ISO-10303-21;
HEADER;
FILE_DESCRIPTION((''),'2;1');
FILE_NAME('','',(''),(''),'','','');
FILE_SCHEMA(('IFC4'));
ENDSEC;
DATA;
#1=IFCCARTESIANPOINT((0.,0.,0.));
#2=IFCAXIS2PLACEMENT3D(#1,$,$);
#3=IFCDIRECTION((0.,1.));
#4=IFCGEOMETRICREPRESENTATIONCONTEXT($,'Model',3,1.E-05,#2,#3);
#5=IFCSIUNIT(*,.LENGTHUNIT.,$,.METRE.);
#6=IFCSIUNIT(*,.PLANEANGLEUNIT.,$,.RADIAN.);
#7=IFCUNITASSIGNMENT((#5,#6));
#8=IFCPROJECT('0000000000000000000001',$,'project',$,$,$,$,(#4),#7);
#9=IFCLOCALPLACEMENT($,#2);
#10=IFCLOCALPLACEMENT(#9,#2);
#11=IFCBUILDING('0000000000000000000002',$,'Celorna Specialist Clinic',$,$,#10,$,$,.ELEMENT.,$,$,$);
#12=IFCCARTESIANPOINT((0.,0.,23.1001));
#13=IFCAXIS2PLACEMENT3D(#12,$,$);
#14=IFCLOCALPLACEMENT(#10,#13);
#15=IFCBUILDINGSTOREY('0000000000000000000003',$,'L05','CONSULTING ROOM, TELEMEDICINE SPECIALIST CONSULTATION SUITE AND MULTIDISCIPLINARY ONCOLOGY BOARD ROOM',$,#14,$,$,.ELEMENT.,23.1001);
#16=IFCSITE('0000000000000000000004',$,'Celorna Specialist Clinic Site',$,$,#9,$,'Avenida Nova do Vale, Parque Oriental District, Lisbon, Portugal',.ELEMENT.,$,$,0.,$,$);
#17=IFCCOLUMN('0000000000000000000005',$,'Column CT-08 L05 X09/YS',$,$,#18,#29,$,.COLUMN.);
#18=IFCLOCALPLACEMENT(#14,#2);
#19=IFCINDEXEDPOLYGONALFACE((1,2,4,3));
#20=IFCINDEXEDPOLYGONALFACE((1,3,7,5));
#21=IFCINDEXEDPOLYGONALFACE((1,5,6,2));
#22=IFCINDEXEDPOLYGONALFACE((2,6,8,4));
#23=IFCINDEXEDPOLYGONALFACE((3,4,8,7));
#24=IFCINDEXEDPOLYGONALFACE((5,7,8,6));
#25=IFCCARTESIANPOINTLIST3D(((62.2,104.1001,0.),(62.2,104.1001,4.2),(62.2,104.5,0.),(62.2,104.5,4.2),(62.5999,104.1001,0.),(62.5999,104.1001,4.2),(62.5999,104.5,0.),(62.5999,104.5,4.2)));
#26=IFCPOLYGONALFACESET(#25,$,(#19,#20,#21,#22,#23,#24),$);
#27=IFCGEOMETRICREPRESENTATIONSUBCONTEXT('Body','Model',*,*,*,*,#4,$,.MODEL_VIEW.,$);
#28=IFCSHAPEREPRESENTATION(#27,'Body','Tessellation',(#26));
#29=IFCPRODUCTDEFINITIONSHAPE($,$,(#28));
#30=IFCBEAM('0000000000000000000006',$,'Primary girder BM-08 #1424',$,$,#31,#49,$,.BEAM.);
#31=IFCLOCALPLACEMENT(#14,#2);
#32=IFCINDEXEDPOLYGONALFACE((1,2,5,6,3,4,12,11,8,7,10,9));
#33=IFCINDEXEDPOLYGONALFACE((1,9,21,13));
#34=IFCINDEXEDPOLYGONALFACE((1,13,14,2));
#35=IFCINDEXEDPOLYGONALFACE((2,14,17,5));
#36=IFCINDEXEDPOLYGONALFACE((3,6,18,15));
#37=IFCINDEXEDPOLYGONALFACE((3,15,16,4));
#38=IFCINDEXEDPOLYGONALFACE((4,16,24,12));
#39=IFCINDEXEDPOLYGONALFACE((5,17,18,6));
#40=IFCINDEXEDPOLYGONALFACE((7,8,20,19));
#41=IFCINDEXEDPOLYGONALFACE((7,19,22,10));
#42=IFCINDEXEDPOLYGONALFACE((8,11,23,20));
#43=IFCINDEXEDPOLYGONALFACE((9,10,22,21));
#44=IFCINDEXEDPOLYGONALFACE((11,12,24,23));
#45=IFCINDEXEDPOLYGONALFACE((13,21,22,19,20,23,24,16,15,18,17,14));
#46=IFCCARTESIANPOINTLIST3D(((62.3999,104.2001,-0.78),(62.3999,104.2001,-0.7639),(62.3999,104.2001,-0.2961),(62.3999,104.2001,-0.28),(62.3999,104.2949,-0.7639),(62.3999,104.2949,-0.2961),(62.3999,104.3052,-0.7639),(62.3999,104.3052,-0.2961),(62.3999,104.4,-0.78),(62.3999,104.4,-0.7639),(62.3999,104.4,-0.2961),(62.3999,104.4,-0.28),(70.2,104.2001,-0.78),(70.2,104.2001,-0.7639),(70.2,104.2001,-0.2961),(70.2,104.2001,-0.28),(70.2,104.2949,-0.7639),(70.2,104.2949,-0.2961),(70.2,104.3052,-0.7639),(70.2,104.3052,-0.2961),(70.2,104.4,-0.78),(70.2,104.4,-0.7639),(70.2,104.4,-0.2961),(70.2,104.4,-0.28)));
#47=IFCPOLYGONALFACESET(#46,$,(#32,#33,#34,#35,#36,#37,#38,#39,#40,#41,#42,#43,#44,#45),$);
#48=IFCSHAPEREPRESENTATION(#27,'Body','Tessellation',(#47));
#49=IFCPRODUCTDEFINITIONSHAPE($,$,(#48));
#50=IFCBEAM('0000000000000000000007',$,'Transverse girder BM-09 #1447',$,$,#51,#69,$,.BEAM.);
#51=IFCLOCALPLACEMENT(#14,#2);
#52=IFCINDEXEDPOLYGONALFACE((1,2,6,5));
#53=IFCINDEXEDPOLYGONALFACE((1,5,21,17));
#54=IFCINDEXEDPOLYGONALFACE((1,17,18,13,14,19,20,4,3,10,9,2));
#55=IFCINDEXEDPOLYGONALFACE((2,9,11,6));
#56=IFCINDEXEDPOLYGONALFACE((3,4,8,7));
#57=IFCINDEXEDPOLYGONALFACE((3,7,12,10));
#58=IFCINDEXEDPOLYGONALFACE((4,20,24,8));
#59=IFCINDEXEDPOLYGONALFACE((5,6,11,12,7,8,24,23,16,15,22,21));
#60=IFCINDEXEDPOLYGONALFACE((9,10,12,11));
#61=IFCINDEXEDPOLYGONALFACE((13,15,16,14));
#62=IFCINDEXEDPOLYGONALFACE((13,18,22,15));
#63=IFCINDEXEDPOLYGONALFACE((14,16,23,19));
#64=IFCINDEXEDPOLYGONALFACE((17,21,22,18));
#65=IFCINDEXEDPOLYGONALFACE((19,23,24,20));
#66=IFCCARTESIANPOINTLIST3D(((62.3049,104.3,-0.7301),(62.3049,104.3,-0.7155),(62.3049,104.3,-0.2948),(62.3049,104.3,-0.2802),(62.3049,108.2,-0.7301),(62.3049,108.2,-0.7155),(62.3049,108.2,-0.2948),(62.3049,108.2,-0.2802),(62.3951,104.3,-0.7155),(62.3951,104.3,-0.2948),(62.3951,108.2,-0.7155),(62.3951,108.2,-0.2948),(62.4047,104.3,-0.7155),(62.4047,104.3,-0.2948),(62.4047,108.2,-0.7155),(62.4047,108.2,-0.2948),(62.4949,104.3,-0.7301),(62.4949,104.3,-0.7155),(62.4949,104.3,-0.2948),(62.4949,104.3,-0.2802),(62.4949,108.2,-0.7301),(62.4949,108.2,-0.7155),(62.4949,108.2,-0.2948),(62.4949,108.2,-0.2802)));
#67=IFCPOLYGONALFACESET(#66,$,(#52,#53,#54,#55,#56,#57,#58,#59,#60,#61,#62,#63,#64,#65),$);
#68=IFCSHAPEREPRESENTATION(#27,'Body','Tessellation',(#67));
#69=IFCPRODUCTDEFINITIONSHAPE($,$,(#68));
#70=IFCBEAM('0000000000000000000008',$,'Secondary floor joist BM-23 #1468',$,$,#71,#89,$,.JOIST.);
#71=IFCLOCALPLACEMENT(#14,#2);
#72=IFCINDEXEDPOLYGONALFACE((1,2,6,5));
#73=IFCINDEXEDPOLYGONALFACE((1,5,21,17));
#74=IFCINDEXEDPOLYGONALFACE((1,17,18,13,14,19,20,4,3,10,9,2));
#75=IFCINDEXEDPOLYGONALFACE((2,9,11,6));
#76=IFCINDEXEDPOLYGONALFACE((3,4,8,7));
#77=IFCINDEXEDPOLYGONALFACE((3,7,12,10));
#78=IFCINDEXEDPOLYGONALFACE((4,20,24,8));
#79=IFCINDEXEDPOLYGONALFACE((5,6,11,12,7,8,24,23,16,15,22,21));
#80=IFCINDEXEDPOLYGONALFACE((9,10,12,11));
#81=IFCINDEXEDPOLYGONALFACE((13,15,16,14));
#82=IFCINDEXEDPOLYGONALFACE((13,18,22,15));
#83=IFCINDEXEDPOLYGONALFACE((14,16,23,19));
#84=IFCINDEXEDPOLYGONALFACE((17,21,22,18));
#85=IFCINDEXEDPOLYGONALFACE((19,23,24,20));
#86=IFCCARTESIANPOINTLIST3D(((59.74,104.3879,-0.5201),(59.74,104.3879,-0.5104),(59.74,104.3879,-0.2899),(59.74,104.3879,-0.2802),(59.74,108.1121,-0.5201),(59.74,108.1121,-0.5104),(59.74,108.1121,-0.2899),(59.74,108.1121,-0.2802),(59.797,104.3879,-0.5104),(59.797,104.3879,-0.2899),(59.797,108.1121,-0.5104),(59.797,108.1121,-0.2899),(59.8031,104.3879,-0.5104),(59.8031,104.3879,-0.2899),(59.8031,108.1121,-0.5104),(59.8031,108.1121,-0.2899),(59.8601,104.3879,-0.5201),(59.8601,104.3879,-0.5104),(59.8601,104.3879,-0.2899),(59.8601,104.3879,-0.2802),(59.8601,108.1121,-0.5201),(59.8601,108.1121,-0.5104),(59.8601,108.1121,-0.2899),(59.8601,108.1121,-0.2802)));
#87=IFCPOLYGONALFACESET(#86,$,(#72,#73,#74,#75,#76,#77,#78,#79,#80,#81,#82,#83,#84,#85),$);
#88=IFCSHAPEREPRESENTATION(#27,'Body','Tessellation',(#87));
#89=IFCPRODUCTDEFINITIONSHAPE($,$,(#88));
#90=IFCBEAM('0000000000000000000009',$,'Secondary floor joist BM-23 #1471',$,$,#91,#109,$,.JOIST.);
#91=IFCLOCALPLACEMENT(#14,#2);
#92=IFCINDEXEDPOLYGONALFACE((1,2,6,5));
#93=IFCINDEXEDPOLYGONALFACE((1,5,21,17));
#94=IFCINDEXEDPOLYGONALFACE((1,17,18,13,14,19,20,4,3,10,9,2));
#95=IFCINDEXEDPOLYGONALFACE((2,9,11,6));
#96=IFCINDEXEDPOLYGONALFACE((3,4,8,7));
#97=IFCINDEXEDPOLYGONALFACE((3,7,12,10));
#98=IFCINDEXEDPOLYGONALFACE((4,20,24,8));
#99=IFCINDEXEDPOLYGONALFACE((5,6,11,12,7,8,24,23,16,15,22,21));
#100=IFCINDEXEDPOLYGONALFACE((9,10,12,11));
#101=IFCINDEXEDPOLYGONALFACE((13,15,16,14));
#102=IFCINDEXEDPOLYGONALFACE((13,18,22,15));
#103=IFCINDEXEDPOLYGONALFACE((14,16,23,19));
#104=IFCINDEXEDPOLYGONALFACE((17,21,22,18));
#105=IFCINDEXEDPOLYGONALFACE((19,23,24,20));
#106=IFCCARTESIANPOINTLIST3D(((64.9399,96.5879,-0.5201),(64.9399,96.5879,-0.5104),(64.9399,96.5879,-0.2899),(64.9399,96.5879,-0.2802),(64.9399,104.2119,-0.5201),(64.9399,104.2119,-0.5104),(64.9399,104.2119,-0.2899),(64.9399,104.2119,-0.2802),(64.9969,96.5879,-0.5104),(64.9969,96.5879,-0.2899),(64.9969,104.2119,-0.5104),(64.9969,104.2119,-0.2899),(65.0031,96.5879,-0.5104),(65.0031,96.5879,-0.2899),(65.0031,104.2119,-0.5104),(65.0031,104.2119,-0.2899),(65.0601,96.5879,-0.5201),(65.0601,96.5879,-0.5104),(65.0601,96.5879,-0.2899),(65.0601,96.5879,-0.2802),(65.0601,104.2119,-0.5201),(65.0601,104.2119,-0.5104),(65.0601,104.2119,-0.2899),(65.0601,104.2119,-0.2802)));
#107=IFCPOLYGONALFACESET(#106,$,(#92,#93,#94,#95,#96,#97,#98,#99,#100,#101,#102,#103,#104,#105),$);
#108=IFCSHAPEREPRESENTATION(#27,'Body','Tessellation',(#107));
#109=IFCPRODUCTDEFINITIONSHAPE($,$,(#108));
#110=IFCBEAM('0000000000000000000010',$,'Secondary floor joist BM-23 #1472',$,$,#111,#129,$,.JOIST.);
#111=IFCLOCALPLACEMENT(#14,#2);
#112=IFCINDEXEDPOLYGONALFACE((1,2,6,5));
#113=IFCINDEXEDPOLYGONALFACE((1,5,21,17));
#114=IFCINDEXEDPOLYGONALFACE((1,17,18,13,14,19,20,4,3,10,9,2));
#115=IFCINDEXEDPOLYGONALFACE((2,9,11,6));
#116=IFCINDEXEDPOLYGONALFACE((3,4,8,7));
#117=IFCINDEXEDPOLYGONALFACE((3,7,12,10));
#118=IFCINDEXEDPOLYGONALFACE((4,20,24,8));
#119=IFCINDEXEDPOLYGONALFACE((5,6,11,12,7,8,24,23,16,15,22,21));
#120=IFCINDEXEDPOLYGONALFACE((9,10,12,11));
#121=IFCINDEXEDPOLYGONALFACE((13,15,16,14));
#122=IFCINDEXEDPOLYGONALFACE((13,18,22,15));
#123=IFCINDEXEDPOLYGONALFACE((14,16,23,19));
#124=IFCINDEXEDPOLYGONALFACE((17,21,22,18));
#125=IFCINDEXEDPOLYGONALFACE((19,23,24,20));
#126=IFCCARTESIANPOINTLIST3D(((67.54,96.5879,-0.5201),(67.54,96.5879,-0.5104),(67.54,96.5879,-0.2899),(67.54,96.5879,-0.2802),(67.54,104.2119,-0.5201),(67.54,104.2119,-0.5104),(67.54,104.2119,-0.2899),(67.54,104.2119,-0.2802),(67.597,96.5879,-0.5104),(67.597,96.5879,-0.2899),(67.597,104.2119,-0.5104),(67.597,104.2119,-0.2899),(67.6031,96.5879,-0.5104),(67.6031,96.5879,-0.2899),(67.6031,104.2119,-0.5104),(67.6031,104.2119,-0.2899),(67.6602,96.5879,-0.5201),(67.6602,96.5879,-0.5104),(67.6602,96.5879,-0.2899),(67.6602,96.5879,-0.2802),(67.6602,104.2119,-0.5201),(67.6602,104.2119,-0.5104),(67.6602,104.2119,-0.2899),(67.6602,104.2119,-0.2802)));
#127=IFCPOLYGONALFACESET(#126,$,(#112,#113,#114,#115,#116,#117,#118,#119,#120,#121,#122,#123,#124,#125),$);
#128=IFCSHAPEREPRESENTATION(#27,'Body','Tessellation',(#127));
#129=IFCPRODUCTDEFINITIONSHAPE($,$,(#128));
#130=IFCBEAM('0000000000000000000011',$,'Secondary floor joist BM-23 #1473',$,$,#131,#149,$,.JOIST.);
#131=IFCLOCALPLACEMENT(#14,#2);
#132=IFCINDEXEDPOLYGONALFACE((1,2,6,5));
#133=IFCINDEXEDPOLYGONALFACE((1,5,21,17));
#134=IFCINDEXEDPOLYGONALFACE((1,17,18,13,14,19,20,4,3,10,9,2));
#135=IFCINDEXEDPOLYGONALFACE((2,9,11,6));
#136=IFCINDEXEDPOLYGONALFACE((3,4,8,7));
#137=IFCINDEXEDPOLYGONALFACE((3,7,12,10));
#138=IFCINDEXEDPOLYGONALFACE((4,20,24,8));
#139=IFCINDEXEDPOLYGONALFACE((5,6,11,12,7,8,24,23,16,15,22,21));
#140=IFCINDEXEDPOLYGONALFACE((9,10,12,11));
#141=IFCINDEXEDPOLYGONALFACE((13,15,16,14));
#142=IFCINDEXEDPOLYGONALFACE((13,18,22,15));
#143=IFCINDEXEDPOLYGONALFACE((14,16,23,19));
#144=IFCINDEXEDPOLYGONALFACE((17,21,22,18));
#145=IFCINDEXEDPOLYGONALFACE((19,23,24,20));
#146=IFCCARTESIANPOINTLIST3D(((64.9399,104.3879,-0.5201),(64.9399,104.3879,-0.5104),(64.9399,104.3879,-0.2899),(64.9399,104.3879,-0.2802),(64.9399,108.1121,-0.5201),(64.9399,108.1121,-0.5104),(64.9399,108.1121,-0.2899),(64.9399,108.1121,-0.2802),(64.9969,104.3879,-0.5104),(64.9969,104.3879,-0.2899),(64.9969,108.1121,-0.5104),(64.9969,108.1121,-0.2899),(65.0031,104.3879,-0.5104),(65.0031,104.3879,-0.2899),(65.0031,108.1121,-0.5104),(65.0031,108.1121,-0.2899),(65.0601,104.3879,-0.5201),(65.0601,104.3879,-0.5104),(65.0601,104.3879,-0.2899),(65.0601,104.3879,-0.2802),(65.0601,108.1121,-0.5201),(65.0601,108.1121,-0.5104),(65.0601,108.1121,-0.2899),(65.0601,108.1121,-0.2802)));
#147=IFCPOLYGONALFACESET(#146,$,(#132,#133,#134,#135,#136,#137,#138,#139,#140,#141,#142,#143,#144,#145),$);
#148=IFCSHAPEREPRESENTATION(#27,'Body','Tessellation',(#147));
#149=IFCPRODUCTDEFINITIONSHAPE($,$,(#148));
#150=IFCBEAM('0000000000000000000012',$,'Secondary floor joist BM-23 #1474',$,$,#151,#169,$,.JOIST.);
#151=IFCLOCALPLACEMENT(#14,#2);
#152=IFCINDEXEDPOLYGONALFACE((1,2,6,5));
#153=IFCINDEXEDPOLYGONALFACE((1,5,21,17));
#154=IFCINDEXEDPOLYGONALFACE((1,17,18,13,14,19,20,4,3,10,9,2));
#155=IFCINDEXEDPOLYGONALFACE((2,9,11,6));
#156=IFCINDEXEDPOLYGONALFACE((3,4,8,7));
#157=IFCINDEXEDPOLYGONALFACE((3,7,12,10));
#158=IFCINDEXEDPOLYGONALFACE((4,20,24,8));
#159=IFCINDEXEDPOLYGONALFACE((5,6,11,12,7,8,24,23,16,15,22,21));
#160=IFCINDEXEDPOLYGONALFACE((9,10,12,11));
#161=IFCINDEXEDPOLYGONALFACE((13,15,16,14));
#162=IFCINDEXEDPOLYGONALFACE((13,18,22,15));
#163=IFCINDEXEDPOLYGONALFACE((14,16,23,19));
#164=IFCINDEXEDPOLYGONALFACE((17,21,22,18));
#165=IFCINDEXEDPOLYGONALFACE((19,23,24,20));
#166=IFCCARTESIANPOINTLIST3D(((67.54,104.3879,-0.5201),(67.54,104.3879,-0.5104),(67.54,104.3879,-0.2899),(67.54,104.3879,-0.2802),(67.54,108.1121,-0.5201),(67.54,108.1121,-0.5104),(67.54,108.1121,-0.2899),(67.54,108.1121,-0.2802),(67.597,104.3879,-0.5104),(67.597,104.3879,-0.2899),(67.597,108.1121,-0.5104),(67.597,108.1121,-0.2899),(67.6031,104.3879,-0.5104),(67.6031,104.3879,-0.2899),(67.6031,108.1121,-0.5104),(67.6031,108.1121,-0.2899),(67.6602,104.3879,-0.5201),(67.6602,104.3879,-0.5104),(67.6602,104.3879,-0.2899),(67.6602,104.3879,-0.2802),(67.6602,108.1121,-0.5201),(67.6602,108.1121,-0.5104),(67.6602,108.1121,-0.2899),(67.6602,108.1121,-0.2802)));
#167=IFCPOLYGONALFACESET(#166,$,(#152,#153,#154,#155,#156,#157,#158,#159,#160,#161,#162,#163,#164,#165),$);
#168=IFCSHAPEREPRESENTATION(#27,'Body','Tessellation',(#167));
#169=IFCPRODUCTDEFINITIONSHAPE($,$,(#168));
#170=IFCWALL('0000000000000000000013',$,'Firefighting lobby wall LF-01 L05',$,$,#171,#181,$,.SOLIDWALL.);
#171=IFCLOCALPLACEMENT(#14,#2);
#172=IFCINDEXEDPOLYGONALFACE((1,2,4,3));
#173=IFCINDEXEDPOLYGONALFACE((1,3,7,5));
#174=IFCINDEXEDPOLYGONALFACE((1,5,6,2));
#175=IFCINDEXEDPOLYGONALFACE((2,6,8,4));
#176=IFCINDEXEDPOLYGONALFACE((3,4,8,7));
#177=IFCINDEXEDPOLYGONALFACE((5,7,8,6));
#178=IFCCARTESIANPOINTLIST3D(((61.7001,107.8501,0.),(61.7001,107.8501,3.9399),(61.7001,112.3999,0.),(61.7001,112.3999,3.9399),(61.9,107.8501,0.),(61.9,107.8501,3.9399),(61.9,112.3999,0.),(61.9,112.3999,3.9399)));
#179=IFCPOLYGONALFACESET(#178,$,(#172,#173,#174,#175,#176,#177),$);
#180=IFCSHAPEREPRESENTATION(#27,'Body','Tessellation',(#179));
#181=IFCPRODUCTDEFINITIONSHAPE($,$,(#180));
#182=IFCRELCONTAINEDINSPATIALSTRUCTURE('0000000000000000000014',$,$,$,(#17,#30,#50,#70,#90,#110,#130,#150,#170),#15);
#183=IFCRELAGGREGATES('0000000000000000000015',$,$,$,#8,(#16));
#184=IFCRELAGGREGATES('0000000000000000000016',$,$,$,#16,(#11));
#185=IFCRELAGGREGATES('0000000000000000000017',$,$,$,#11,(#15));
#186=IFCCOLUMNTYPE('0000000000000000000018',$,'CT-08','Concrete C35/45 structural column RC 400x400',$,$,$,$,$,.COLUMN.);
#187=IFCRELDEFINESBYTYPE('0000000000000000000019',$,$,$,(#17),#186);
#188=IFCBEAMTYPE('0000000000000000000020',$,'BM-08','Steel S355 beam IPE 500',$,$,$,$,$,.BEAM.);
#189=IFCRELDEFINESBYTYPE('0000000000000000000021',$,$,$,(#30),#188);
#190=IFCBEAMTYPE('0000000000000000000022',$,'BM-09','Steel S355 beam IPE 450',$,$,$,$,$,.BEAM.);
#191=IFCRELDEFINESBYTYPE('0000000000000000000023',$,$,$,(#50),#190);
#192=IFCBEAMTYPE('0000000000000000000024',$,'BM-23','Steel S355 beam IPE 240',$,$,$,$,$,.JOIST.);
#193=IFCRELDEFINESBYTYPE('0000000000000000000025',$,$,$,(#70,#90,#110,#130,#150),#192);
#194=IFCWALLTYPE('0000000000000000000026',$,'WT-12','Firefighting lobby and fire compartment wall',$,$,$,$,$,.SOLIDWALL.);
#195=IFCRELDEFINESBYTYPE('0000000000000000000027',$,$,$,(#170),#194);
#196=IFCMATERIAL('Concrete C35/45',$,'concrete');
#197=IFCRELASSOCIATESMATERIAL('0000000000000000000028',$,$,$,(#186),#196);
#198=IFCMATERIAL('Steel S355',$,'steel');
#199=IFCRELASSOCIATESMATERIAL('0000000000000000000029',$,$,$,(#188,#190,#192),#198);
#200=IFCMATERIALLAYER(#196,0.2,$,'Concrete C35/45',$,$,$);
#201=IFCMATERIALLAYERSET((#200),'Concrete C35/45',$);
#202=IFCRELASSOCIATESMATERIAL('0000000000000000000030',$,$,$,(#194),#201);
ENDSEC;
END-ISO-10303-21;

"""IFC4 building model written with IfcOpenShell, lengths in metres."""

from ifc_helpers import new_model, si_unit, direction, frame, frame_2d, origin, origin_2d, place, context, subcontext, project, spatial, rectangle, i_section, extrude, material, layer, layer_set, material_profile, profile_set, type_object, element, save


model = new_model("IFC4")

# Units and contexts
model_context = context("Model", 3, precision=1e-05, world=origin(), true_north=direction((0.0, 1.0)))
body_context = subcontext(model_context, "Body", "Model", "MODEL_VIEW")
ifc_project = project(units=[si_unit("LENGTHUNIT", "METRE"), si_unit("PLANEANGLEUNIT", "RADIAN")], contexts=[model_context])

# Site, building, storey
site_placement = place(None, origin())
site = spatial("IfcSite", under=ifc_project, at=site_placement, Name="Celorna Specialist Clinic Site", LongName="Avenida Nova do Vale, Parque Oriental District, Lisbon, Portugal", CompositionType="ELEMENT", RefElevation=0.0)
building_placement = place(site_placement, origin())
building = spatial("IfcBuilding", under=site, at=building_placement, Name="Celorna Specialist Clinic", CompositionType="ELEMENT")
storey_placement = place(building_placement, frame((0.0, 0.0, 23.1001)))
storey = spatial("IfcBuildingStorey", under=building, at=storey_placement, Name="L05", Description="CONSULTING ROOM, TELEMEDICINE SPECIALIST CONSULTATION SUITE AND MULTIDISCIPLINARY ONCOLOGY BOARD ROOM", CompositionType="ELEMENT", Elevation=23.1001)

# Column
ifc_material_1 = material(Name="Concrete C35/45", Category="concrete")
ifc_material_profile_1 = material_profile(ifc_material_1, rectangle(XDim=0.3999, YDim=0.3999, at=origin_2d()), Name="RC 400x400")
ifc_profile_set_1 = profile_set([ifc_material_profile_1], Name="Concrete C35/45")
column_type = type_object("IfcColumnType", Name="CT-08", Description="Concrete C35/45 structural column RC 400x400", PredefinedType="COLUMN", material=ifc_profile_set_1)
column_placement = place(storey_placement, frame((62.3999, 104.3, 0.0), z_axis=(0.0, 0.0, 1.0), x_axis=(1.0, 0.0, 0.0)))
element("IfcColumn", 1, at=column_placement, inside=storey, type_object=column_type, Name="Column CT-08 L05 X09/YS", PredefinedType="COLUMN", context=body_context, shape_type="SweptSolid", body=[
    extrude(rectangle(XDim=0.3999, YDim=0.3999, at=origin_2d()), origin(), (0.0, 0.0, 1.0), 4.2),
])

# Beams
ifc_material_2 = material(Name="Steel S355", Category="steel")
ifc_material_profile_2 = material_profile(ifc_material_2, i_section(OverallWidth=0.2, OverallDepth=0.5, WebThickness=0.0103, FlangeThickness=0.0161, at=origin_2d()), Name="IPE 500")
ifc_profile_set_2 = profile_set([ifc_material_profile_2], Name="Steel S355")
beam_type_1 = type_object("IfcBeamType", Name="BM-08", Description="Steel S355 beam IPE 500", PredefinedType="BEAM", material=ifc_profile_set_2)
beam_1_placement = place(storey_placement, frame((62.3999, 104.3, -0.53), z_axis=(1.0, 0.0, 0.0), x_axis=(0.0, 1.0, 0.0)))
element("IfcBeam", 2, at=beam_1_placement, inside=storey, type_object=beam_type_1, Name="Primary girder BM-08 #1424", PredefinedType="BEAM", context=body_context, shape_type="SweptSolid", body=[
    extrude(i_section(OverallWidth=0.2, OverallDepth=0.5, WebThickness=0.0103, FlangeThickness=0.0161, at=origin_2d()), origin(), (0.0, 0.0, 1.0), 7.8),
])
ifc_material_profile_3 = material_profile(ifc_material_2, i_section(OverallWidth=0.1899, OverallDepth=0.45, WebThickness=0.0095, FlangeThickness=0.0146, at=origin_2d()), Name="IPE 450")
ifc_profile_set_3 = profile_set([ifc_material_profile_3], Name="Steel S355")
beam_type_2 = type_object("IfcBeamType", Name="BM-09", Description="Steel S355 beam IPE 450", PredefinedType="BEAM", material=ifc_profile_set_3)
beam_2_placement = place(storey_placement, frame((62.3999, 104.3, -0.5051), z_axis=(0.0, 1.0, 0.0), x_axis=(-1.0, 0.0, 0.0)))
element("IfcBeam", 3, at=beam_2_placement, inside=storey, type_object=beam_type_2, Name="Transverse girder BM-09 #1447", PredefinedType="BEAM", context=body_context, shape_type="SweptSolid", body=[
    extrude(i_section(OverallWidth=0.1899, OverallDepth=0.45, WebThickness=0.0095, FlangeThickness=0.0146, at=origin_2d()), origin(), (0.0, 0.0, 1.0), 3.8999),
])
ifc_material_profile_4 = material_profile(ifc_material_2, i_section(OverallWidth=0.1201, OverallDepth=0.24, WebThickness=0.0061, FlangeThickness=0.0098, at=origin_2d()), Name="IPE 240")
ifc_profile_set_4 = profile_set([ifc_material_profile_4], Name="Steel S355")
beam_type_3 = type_object("IfcBeamType", Name="BM-23", Description="Steel S355 beam IPE 240", PredefinedType="JOIST", material=ifc_profile_set_4)
beam_3_placement = place(storey_placement, frame((59.8, 104.3879, -0.4001), z_axis=(0.0, 1.0, 0.0), x_axis=(-1.0, 0.0, 0.0)))
element("IfcBeam", 4, at=beam_3_placement, inside=storey, type_object=beam_type_3, Name="Secondary floor joist BM-23 #1468", PredefinedType="JOIST", context=body_context, shape_type="SweptSolid", body=[
    extrude(i_section(OverallWidth=0.1201, OverallDepth=0.24, WebThickness=0.0061, FlangeThickness=0.0098, at=origin_2d()), origin(), (0.0, 0.0, 1.0), 3.7241),
])
for number, where, z_axis, x_axis, name in (
    (5, (65.0, 96.5879, -0.4001), (0.0, 1.0, 0.0), (-1.0, 0.0, 0.0), "Secondary floor joist BM-23 #1471"),
    (6, (67.6001, 96.5879, -0.4001), (0.0, 1.0, 0.0), (-1.0, 0.0, 0.0), "Secondary floor joist BM-23 #1472"),
):
    element("IfcBeam", number, at=place(storey_placement, frame(where, z_axis=z_axis, x_axis=x_axis)), inside=storey, type_object=beam_type_3, Name=name, PredefinedType="JOIST", context=body_context, shape_type="SweptSolid", body=[
        extrude(i_section(OverallWidth=0.1201, OverallDepth=0.24, WebThickness=0.0061, FlangeThickness=0.0098, at=origin_2d()), origin(), (0.0, 0.0, 1.0), 7.624),
    ])
for number, where, z_axis, x_axis, name in (
    (7, (65.0, 104.3879, -0.4001), (0.0, 1.0, 0.0), (-1.0, 0.0, 0.0), "Secondary floor joist BM-23 #1473"),
    (8, (67.6001, 104.3879, -0.4001), (0.0, 1.0, 0.0), (-1.0, 0.0, 0.0), "Secondary floor joist BM-23 #1474"),
):
    element("IfcBeam", number, at=place(storey_placement, frame(where, z_axis=z_axis, x_axis=x_axis)), inside=storey, type_object=beam_type_3, Name=name, PredefinedType="JOIST", context=body_context, shape_type="SweptSolid", body=[
        extrude(i_section(OverallWidth=0.1201, OverallDepth=0.24, WebThickness=0.0061, FlangeThickness=0.0098, at=origin_2d()), origin(), (0.0, 0.0, 1.0), 3.7241),
    ])

# Wall
ifc_layer_1 = layer(ifc_material_1, 0.2, Name="Concrete C35/45")
ifc_layer_set_1 = layer_set([ifc_layer_1], Name="Concrete C35/45")
wall_type_1 = type_object("IfcWallType", Name="WT-12", Description="Firefighting lobby and fire compartment wall", PredefinedType="SOLIDWALL", material=ifc_layer_set_1)
wall_1_placement = place(storey_placement, frame((61.8, 107.8501, 0.0), z_axis=(0.0, 0.0, 1.0), x_axis=(0.0, 1.0, 0.0)))
element("IfcWall", 9, at=wall_1_placement, inside=storey, type_object=wall_type_1, Name="Firefighting lobby wall LF-01 L05", PredefinedType="SOLIDWALL", context=body_context, shape_type="SweptSolid", body=[
    extrude(rectangle(XDim=4.5498, YDim=0.2, at=frame_2d((2.2749, 0.0))), origin(), (0.0, 0.0, 1.0), 3.9399),
])

save(model, "model.ifc")
